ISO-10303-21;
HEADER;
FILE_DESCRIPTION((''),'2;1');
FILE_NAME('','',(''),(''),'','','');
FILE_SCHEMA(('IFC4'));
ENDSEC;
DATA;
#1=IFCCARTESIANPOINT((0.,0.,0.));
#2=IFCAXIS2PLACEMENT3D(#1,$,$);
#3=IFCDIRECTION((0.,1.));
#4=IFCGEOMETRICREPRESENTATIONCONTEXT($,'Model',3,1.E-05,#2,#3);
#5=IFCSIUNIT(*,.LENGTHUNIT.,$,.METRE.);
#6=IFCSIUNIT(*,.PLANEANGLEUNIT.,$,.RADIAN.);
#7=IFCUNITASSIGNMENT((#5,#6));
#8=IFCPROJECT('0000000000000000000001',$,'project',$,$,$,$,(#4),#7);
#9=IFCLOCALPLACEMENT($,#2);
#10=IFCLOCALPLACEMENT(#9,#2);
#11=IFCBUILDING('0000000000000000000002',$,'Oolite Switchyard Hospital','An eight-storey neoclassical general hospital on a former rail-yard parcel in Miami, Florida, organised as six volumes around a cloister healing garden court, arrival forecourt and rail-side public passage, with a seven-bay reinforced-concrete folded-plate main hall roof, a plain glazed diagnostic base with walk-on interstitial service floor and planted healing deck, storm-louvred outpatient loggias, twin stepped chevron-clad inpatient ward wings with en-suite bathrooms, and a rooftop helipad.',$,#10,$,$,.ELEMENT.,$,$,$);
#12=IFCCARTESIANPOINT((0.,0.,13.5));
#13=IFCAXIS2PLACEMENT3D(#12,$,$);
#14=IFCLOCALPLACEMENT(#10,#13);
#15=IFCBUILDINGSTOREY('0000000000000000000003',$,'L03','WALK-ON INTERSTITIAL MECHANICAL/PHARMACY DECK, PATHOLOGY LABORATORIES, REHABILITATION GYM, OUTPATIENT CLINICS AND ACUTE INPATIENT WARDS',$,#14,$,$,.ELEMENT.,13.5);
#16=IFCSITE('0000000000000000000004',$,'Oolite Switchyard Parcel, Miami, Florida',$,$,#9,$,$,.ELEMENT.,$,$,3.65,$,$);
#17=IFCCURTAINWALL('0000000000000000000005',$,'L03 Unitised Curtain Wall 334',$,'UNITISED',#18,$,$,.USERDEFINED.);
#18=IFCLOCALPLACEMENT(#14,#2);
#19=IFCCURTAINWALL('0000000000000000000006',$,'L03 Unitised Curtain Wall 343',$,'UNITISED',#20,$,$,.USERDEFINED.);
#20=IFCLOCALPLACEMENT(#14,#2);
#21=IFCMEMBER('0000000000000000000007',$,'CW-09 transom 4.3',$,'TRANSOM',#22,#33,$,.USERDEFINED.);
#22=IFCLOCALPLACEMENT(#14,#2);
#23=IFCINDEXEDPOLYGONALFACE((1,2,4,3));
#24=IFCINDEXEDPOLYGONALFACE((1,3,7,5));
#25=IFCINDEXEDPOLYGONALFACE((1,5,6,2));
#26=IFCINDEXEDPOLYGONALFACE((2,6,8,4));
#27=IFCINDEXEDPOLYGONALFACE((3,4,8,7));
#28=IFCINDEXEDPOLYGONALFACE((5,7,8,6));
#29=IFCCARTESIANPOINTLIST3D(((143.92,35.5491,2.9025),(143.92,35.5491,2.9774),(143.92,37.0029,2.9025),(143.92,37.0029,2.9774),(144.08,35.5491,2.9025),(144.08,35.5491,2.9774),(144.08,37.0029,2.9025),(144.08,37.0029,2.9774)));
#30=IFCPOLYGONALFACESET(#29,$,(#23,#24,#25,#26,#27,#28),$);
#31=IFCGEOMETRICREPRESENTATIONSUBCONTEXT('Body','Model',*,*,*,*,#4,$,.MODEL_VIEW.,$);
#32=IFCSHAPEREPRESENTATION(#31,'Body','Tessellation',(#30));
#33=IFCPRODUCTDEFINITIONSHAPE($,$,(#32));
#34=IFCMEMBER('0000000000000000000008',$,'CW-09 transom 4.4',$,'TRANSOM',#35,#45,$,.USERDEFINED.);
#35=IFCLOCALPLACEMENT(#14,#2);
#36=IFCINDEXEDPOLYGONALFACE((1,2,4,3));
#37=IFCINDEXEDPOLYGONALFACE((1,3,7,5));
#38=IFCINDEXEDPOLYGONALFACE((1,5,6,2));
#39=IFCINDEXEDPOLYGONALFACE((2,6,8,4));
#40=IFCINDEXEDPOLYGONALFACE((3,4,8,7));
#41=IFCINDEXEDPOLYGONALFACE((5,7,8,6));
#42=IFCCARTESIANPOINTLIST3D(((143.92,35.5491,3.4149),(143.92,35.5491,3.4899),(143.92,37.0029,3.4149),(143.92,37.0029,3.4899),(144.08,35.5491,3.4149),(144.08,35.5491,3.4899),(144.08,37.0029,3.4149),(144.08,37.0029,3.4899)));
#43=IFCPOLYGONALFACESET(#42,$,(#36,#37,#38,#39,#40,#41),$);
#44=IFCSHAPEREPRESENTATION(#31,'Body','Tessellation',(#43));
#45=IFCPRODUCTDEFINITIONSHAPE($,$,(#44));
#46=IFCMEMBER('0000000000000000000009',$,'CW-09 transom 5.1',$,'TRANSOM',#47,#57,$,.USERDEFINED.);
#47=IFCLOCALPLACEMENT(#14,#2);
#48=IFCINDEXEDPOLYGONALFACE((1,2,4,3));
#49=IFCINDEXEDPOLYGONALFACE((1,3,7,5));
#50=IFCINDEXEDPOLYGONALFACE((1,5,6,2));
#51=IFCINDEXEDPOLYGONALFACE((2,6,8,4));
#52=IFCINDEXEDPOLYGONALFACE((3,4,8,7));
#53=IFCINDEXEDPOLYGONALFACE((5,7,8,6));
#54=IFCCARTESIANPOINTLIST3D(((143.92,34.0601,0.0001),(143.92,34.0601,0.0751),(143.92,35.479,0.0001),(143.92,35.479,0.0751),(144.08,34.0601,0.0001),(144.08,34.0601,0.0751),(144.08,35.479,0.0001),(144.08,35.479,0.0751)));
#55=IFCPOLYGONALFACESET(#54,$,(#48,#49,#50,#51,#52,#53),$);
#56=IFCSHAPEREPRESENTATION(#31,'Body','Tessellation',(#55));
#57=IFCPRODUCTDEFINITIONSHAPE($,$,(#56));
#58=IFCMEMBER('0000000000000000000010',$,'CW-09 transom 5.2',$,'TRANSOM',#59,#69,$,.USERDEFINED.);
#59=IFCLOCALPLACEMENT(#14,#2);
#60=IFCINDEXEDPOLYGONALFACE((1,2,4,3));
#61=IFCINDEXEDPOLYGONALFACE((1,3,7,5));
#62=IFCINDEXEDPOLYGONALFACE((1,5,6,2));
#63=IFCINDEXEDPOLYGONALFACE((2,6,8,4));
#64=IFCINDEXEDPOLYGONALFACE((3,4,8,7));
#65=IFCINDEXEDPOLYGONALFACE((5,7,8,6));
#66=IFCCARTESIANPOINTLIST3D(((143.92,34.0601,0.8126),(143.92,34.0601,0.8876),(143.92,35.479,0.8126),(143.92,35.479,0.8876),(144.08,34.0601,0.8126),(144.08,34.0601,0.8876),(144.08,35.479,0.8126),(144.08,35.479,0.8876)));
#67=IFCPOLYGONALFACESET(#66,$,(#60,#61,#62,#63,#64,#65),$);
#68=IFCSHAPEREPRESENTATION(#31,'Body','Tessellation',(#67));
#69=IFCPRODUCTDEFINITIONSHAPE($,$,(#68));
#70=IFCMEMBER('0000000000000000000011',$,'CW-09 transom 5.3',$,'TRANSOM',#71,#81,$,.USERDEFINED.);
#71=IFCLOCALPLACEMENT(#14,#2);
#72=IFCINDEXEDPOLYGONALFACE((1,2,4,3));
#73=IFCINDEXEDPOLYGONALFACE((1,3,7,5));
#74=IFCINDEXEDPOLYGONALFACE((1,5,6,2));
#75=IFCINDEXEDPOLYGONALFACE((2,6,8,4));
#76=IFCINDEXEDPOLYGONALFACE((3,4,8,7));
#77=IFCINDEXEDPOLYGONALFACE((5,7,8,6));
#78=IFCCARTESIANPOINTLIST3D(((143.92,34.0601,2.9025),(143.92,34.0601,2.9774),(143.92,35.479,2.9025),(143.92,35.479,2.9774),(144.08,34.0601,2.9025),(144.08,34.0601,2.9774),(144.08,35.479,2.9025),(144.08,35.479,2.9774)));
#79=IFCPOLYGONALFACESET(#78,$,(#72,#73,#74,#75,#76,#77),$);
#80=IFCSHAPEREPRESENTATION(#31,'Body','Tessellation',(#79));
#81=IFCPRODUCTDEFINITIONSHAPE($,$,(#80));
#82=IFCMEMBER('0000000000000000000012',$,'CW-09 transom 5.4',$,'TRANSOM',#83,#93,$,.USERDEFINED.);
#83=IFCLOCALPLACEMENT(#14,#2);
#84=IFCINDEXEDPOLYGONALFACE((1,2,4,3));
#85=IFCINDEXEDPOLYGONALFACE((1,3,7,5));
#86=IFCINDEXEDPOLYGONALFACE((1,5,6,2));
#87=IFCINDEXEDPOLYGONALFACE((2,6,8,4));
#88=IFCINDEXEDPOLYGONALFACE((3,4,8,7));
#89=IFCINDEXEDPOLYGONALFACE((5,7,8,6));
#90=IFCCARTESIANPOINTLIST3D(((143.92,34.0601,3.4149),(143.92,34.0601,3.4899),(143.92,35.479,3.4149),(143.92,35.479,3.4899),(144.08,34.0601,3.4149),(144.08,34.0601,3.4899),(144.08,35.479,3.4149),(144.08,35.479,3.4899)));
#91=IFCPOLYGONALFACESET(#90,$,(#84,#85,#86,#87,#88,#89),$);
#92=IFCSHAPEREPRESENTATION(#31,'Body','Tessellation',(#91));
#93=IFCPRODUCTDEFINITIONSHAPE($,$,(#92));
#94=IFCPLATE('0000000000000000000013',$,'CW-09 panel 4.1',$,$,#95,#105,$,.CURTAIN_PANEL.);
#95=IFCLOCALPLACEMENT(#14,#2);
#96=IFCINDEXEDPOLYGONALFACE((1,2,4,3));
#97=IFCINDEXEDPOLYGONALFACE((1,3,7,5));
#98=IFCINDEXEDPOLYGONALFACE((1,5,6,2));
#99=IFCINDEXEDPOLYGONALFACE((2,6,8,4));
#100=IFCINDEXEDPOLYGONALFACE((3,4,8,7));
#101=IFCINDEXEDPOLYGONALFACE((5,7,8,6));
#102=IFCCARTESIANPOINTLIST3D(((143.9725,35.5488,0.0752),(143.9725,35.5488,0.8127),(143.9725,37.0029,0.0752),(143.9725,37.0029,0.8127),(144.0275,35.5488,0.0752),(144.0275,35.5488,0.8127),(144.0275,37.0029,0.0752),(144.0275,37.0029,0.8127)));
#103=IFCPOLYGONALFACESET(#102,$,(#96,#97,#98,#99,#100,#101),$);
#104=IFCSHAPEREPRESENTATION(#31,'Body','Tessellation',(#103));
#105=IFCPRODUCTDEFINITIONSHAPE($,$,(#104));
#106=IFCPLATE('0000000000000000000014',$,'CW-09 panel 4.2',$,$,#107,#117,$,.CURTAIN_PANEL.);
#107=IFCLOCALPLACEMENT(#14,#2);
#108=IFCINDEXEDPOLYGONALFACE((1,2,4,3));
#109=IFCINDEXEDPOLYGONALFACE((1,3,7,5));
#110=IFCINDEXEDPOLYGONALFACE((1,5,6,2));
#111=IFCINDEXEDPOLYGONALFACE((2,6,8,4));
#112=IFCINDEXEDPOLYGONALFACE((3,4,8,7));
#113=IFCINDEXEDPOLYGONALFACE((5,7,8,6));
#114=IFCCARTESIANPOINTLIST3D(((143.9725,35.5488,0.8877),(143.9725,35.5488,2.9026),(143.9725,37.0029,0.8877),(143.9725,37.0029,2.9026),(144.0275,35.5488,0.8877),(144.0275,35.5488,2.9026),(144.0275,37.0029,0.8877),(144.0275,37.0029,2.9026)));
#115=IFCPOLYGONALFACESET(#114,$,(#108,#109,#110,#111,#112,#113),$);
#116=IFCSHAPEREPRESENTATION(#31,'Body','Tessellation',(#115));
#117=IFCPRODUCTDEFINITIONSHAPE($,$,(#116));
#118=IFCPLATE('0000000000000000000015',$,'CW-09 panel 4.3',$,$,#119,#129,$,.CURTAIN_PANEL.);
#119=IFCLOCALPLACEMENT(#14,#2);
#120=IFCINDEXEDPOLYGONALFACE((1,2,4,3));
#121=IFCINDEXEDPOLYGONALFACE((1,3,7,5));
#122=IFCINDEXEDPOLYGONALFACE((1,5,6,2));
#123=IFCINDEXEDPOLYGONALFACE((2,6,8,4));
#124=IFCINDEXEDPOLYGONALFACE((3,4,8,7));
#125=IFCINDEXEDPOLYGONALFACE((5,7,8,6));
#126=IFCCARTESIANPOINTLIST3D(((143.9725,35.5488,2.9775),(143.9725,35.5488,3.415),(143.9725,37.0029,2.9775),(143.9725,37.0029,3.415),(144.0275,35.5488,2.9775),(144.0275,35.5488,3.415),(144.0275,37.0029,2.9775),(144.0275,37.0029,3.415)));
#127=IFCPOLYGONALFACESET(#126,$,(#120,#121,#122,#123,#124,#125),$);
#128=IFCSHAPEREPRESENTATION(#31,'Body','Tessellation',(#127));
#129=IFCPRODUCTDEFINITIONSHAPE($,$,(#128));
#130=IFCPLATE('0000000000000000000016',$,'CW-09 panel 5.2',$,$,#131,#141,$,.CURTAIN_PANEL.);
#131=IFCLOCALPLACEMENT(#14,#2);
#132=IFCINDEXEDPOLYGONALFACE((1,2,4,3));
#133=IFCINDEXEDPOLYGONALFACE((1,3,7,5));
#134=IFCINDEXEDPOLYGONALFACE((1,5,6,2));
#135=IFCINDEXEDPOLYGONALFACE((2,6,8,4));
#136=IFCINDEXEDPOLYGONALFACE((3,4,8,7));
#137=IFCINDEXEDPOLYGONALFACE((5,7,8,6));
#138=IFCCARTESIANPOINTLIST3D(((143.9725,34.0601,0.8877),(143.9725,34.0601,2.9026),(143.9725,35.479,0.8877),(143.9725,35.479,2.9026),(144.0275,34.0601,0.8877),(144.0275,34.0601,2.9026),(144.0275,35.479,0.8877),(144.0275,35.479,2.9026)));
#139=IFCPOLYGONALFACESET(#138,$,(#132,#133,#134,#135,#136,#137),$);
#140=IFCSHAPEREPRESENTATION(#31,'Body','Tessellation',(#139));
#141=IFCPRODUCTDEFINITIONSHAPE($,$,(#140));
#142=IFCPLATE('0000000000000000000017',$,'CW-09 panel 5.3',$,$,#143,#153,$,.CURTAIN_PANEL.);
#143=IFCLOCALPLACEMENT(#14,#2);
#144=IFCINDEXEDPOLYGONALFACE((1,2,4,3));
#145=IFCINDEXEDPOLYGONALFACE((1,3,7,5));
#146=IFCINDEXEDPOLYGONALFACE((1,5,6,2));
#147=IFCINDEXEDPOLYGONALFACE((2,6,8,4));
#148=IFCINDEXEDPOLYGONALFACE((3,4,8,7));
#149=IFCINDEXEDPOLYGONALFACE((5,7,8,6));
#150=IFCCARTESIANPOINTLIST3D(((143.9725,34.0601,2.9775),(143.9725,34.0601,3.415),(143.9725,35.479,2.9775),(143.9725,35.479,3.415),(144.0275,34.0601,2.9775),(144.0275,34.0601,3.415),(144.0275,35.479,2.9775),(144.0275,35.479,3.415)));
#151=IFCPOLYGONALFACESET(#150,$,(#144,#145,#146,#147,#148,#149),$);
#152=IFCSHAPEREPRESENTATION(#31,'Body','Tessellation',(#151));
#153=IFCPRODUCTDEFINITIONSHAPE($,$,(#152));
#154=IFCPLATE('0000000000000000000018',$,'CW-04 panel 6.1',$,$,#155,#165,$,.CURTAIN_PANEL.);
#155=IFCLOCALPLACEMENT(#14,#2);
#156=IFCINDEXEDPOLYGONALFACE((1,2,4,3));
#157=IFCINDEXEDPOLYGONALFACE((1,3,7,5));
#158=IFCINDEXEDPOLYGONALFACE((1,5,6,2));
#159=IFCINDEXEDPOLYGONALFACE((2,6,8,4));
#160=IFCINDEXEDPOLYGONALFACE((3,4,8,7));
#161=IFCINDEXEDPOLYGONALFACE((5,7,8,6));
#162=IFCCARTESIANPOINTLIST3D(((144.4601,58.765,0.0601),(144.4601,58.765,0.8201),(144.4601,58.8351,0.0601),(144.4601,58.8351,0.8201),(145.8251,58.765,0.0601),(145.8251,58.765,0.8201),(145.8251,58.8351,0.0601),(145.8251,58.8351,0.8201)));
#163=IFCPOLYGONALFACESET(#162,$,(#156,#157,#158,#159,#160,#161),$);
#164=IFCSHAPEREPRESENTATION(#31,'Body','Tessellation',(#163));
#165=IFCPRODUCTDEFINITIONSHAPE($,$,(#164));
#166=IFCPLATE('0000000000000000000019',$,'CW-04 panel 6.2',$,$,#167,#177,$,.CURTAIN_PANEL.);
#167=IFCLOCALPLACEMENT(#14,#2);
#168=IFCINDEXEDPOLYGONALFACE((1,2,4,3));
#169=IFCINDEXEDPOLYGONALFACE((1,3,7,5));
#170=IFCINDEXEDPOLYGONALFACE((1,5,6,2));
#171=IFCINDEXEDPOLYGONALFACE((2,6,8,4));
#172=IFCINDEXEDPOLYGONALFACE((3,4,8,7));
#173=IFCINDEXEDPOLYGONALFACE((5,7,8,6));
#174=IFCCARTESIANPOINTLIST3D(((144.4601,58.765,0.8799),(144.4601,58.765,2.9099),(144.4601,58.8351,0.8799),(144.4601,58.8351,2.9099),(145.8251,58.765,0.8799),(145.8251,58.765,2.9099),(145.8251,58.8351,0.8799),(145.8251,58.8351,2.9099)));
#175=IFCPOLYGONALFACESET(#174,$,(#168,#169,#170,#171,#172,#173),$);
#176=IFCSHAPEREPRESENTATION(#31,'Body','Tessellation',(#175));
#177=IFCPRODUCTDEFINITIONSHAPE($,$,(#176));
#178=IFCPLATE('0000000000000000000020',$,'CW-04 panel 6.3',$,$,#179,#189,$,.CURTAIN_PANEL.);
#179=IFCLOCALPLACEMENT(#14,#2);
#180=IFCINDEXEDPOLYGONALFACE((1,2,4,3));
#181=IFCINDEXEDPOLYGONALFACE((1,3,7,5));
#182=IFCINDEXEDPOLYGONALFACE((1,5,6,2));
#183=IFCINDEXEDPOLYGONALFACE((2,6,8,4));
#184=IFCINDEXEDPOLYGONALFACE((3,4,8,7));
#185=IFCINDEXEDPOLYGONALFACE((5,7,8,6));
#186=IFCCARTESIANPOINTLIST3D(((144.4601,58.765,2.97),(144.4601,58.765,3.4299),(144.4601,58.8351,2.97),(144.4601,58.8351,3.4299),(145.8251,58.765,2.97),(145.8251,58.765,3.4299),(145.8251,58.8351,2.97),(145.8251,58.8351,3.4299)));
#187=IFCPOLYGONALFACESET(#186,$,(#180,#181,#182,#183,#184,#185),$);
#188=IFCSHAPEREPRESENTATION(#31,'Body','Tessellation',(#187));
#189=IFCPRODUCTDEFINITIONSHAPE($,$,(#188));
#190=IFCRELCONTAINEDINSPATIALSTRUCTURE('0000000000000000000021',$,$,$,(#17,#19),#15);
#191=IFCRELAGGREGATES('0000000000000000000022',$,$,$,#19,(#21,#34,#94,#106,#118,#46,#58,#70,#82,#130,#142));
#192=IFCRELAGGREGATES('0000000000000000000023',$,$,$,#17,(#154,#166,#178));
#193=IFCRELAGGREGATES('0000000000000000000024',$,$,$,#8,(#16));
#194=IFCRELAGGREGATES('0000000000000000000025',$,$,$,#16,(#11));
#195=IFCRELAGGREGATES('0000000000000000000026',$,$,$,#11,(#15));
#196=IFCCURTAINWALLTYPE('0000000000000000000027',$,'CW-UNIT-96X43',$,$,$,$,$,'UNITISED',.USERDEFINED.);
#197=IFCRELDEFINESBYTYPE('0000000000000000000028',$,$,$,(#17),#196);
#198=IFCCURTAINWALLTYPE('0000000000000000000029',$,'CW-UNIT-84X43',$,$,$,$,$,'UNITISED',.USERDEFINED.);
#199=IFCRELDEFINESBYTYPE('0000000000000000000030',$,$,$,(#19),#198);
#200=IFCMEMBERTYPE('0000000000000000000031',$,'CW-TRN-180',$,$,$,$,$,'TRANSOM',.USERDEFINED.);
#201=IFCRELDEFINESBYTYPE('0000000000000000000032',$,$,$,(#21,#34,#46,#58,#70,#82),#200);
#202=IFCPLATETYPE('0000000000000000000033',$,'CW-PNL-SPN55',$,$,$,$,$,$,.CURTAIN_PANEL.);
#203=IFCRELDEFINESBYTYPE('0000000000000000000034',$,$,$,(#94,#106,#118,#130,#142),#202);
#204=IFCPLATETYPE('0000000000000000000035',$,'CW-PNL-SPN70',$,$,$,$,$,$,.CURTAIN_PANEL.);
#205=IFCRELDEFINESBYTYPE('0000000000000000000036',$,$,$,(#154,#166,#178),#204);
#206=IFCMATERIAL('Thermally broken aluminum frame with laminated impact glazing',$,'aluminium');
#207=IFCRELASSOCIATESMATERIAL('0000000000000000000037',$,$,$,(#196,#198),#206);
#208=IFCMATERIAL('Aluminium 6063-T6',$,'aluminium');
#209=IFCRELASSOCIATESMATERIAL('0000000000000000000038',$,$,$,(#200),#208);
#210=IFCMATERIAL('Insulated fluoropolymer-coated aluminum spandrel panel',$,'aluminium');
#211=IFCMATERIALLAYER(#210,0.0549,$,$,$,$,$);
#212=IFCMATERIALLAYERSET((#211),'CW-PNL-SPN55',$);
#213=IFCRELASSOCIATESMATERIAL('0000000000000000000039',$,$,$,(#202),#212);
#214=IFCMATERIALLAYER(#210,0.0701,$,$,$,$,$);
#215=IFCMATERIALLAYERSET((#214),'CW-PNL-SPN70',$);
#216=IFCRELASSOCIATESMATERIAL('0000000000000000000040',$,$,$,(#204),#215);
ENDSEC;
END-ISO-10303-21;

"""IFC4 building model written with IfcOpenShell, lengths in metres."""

from ifc_helpers import new_model, si_unit, direction, frame, origin, origin_2d, place, context, subcontext, project, spatial, rectangle, extrude, material, layer, layer_set, material_profile, profile_set, type_object, element, aggregate, save


model = new_model("IFC4")

# Units and contexts
model_context = context("Model", 3, precision=1e-05, world=origin(), true_north=direction((0.0, 1.0)))
body_context = subcontext(model_context, "Body", "Model", "MODEL_VIEW")
ifc_project = project(units=[si_unit("LENGTHUNIT", "METRE"), si_unit("PLANEANGLEUNIT", "RADIAN")], contexts=[model_context])

# Site, building, storey
site_placement = place(None, origin())
site = spatial("IfcSite", under=ifc_project, at=site_placement, Name="Oolite Switchyard Parcel, Miami, Florida", CompositionType="ELEMENT", RefElevation=3.65)
building_placement = place(site_placement, origin())
building = spatial("IfcBuilding", under=site, at=building_placement, Name="Oolite Switchyard Hospital", Description="An eight-storey neoclassical general hospital on a former rail-yard parcel in Miami, Florida, organised as six volumes around a cloister healing garden court, arrival forecourt and rail-side public passage, with a seven-bay reinforced-concrete folded-plate main hall roof, a plain glazed diagnostic base with walk-on interstitial service floor and planted healing deck, storm-louvred outpatient loggias, twin stepped chevron-clad inpatient ward wings with en-suite bathrooms, and a rooftop helipad.", CompositionType="ELEMENT")
storey_placement = place(building_placement, frame((0.0, 0.0, 13.5)))
storey = spatial("IfcBuildingStorey", under=building, at=storey_placement, Name="L03", Description="WALK-ON INTERSTITIAL MECHANICAL/PHARMACY DECK, PATHOLOGY LABORATORIES, REHABILITATION GYM, OUTPATIENT CLINICS AND ACUTE INPATIENT WARDS", CompositionType="ELEMENT", Elevation=13.5)

# Curtain wall
ifc_material_1 = material(Name="Thermally broken aluminum frame with laminated impact glazing", Category="aluminium")
curtain_wall_type_1 = type_object("IfcCurtainWallType", Name="CW-UNIT-96X43", ElementType="UNITISED", PredefinedType="USERDEFINED", material=ifc_material_1)
curtain_wall_1_placement = place(storey_placement, origin())
curtain_wall_1 = element("IfcCurtainWall", 1, at=curtain_wall_1_placement, inside=storey, type_object=curtain_wall_type_1, Name="L03 Unitised Curtain Wall 334", ObjectType="UNITISED", PredefinedType="USERDEFINED")
ifc_material_2 = material(Name="Aluminium 6063-T6", Category="aluminium")

# Curtain wall, members, plates
curtain_wall_type_2 = type_object("IfcCurtainWallType", Name="CW-UNIT-84X43", ElementType="UNITISED", PredefinedType="USERDEFINED", material=ifc_material_1)
curtain_wall_2_placement = place(storey_placement, origin())
curtain_wall_2 = element("IfcCurtainWall", 2, at=curtain_wall_2_placement, inside=storey, type_object=curtain_wall_type_2, Name="L03 Unitised Curtain Wall 343", ObjectType="UNITISED", PredefinedType="USERDEFINED")
ifc_material_profile_1 = material_profile(ifc_material_2, rectangle(XDim=0.1599, YDim=0.075, at=origin_2d()), Name="CWT75X160")
ifc_profile_set_1 = profile_set([ifc_material_profile_1], Name="Aluminium 6063-T6")
member_type_1 = type_object("IfcMemberType", Name="CW-TRN-180", ElementType="TRANSOM", PredefinedType="USERDEFINED", material=ifc_profile_set_1)
member_1_placement = place(storey_placement, frame((144.0, 37.0029, 2.9399), z_axis=(0.0, -1.0, 0.0), x_axis=(1.0, 0.0, 0.0)))
member_1 = element("IfcMember", 3, at=member_1_placement, type_object=member_type_1, Name="CW-09 transom 4.3", ObjectType="TRANSOM", PredefinedType="USERDEFINED", context=body_context, shape_type="SweptSolid", body=[
    extrude(rectangle(XDim=0.1599, YDim=0.075, at=origin_2d()), origin(), (0.0, 0.0, 1.0), 1.4539),
])
member_2_placement = place(storey_placement, frame((144.0, 37.0029, 3.4524), z_axis=(0.0, -1.0, 0.0), x_axis=(1.0, 0.0, 0.0)))
member_2 = element("IfcMember", 4, at=member_2_placement, type_object=member_type_1, Name="CW-09 transom 4.4", ObjectType="TRANSOM", PredefinedType="USERDEFINED", context=body_context, shape_type="SweptSolid", body=[
    extrude(rectangle(XDim=0.1599, YDim=0.075, at=origin_2d()), origin(), (0.0, 0.0, 1.0), 1.4539),
])
member_3_placement = place(storey_placement, frame((144.0, 35.479, 0.0376), z_axis=(0.0, -1.0, 0.0), x_axis=(1.0, 0.0, 0.0)))
member_3 = element("IfcMember", 5, at=member_3_placement, type_object=member_type_1, Name="CW-09 transom 5.1", ObjectType="TRANSOM", PredefinedType="USERDEFINED", context=body_context, shape_type="SweptSolid", body=[
    extrude(rectangle(XDim=0.1599, YDim=0.075, at=origin_2d()), origin(), (0.0, 0.0, 1.0), 1.4189),
])
member_4_placement = place(storey_placement, frame((144.0, 35.479, 0.8501), z_axis=(0.0, -1.0, 0.0), x_axis=(1.0, 0.0, 0.0)))
member_4 = element("IfcMember", 6, at=member_4_placement, type_object=member_type_1, Name="CW-09 transom 5.2", ObjectType="TRANSOM", PredefinedType="USERDEFINED", context=body_context, shape_type="SweptSolid", body=[
    extrude(rectangle(XDim=0.1599, YDim=0.075, at=origin_2d()), origin(), (0.0, 0.0, 1.0), 1.4189),
])
member_5_placement = place(storey_placement, frame((144.0, 35.479, 2.9399), z_axis=(0.0, -1.0, 0.0), x_axis=(1.0, 0.0, 0.0)))
member_5 = element("IfcMember", 7, at=member_5_placement, type_object=member_type_1, Name="CW-09 transom 5.3", ObjectType="TRANSOM", PredefinedType="USERDEFINED", context=body_context, shape_type="SweptSolid", body=[
    extrude(rectangle(XDim=0.1599, YDim=0.075, at=origin_2d()), origin(), (0.0, 0.0, 1.0), 1.4189),
])
member_6_placement = place(storey_placement, frame((144.0, 35.479, 3.4524), z_axis=(0.0, -1.0, 0.0), x_axis=(1.0, 0.0, 0.0)))
member_6 = element("IfcMember", 8, at=member_6_placement, type_object=member_type_1, Name="CW-09 transom 5.4", ObjectType="TRANSOM", PredefinedType="USERDEFINED", context=body_context, shape_type="SweptSolid", body=[
    extrude(rectangle(XDim=0.1599, YDim=0.075, at=origin_2d()), origin(), (0.0, 0.0, 1.0), 1.4189),
])
ifc_material_3 = material(Name="Insulated fluoropolymer-coated aluminum spandrel panel", Category="aluminium")
ifc_layer_1 = layer(ifc_material_3, 0.0549)
ifc_layer_set_1 = layer_set([ifc_layer_1], Name="CW-PNL-SPN55")
plate_type_1 = type_object("IfcPlateType", Name="CW-PNL-SPN55", PredefinedType="CURTAIN_PANEL", material=ifc_layer_set_1)
plate_1_placement = place(storey_placement, frame((144.0, 36.2759, 0.0752), z_axis=(0.0, 0.0, 1.0), x_axis=(0.0, -1.0, 0.0)))
plate_1 = element("IfcPlate", 9, at=plate_1_placement, type_object=plate_type_1, Name="CW-09 panel 4.1", PredefinedType="CURTAIN_PANEL", context=body_context, shape_type="SweptSolid", body=[
    extrude(rectangle(XDim=1.4541, YDim=0.0549, at=origin_2d()), origin(), (0.0, 0.0, 1.0), 0.7375),
])
plate_2_placement = place(storey_placement, frame((144.0, 36.2759, 0.8877), z_axis=(0.0, 0.0, 1.0), x_axis=(0.0, -1.0, 0.0)))
plate_2 = element("IfcPlate", 10, at=plate_2_placement, type_object=plate_type_1, Name="CW-09 panel 4.2", PredefinedType="CURTAIN_PANEL", context=body_context, shape_type="SweptSolid", body=[
    extrude(rectangle(XDim=1.4541, YDim=0.0549, at=origin_2d()), origin(), (0.0, 0.0, 1.0), 2.0149),
])
plate_3_placement = place(storey_placement, frame((144.0, 36.2759, 2.9775), z_axis=(0.0, 0.0, 1.0), x_axis=(0.0, -1.0, 0.0)))
plate_3 = element("IfcPlate", 11, at=plate_3_placement, type_object=plate_type_1, Name="CW-09 panel 4.3", PredefinedType="CURTAIN_PANEL", context=body_context, shape_type="SweptSolid", body=[
    extrude(rectangle(XDim=1.4541, YDim=0.0549, at=origin_2d()), origin(), (0.0, 0.0, 1.0), 0.4375),
])
plate_4_placement = place(storey_placement, frame((144.0, 34.7695, 0.8877), z_axis=(0.0, 0.0, 1.0), x_axis=(0.0, -1.0, 0.0)))
plate_4 = element("IfcPlate", 12, at=plate_4_placement, type_object=plate_type_1, Name="CW-09 panel 5.2", PredefinedType="CURTAIN_PANEL", context=body_context, shape_type="SweptSolid", body=[
    extrude(rectangle(XDim=1.4189, YDim=0.0549, at=origin_2d()), origin(), (0.0, 0.0, 1.0), 2.0149),
])
plate_5_placement = place(storey_placement, frame((144.0, 34.7695, 2.9775), z_axis=(0.0, 0.0, 1.0), x_axis=(0.0, -1.0, 0.0)))
plate_5 = element("IfcPlate", 13, at=plate_5_placement, type_object=plate_type_1, Name="CW-09 panel 5.3", PredefinedType="CURTAIN_PANEL", context=body_context, shape_type="SweptSolid", body=[
    extrude(rectangle(XDim=1.4189, YDim=0.0549, at=origin_2d()), origin(), (0.0, 0.0, 1.0), 0.4375),
])
aggregate(curtain_wall_2, [member_1, member_2, plate_1, plate_2, plate_3, member_3, member_4, member_5, member_6, plate_4, plate_5])

# Plates
ifc_layer_2 = layer(ifc_material_3, 0.0701)
ifc_layer_set_2 = layer_set([ifc_layer_2], Name="CW-PNL-SPN70")
plate_type_2 = type_object("IfcPlateType", Name="CW-PNL-SPN70", PredefinedType="CURTAIN_PANEL", material=ifc_layer_set_2)
plate_6_placement = place(storey_placement, frame((145.1426, 58.8, 0.0601), z_axis=(0.0, 0.0, 1.0), x_axis=(-1.0, 0.0, 0.0)))
plate_6 = element("IfcPlate", 14, at=plate_6_placement, type_object=plate_type_2, Name="CW-04 panel 6.1", PredefinedType="CURTAIN_PANEL", context=body_context, shape_type="SweptSolid", body=[
    extrude(rectangle(XDim=1.365, YDim=0.0701, at=origin_2d()), origin(), (0.0, 0.0, 1.0), 0.76),
])
plate_7_placement = place(storey_placement, frame((145.1426, 58.8, 0.8799), z_axis=(0.0, 0.0, 1.0), x_axis=(-1.0, 0.0, 0.0)))
plate_7 = element("IfcPlate", 15, at=plate_7_placement, type_object=plate_type_2, Name="CW-04 panel 6.2", PredefinedType="CURTAIN_PANEL", context=body_context, shape_type="SweptSolid", body=[
    extrude(rectangle(XDim=1.365, YDim=0.0701, at=origin_2d()), origin(), (0.0, 0.0, 1.0), 2.03),
])
plate_8_placement = place(storey_placement, frame((145.1426, 58.8, 2.97), z_axis=(0.0, 0.0, 1.0), x_axis=(-1.0, 0.0, 0.0)))
plate_8 = element("IfcPlate", 16, at=plate_8_placement, type_object=plate_type_2, Name="CW-04 panel 6.3", PredefinedType="CURTAIN_PANEL", context=body_context, shape_type="SweptSolid", body=[
    extrude(rectangle(XDim=1.365, YDim=0.0701, at=origin_2d()), origin(), (0.0, 0.0, 1.0), 0.46),
])
aggregate(curtain_wall_1, [plate_6, plate_7, plate_8])

save(model, "model.ifc")
